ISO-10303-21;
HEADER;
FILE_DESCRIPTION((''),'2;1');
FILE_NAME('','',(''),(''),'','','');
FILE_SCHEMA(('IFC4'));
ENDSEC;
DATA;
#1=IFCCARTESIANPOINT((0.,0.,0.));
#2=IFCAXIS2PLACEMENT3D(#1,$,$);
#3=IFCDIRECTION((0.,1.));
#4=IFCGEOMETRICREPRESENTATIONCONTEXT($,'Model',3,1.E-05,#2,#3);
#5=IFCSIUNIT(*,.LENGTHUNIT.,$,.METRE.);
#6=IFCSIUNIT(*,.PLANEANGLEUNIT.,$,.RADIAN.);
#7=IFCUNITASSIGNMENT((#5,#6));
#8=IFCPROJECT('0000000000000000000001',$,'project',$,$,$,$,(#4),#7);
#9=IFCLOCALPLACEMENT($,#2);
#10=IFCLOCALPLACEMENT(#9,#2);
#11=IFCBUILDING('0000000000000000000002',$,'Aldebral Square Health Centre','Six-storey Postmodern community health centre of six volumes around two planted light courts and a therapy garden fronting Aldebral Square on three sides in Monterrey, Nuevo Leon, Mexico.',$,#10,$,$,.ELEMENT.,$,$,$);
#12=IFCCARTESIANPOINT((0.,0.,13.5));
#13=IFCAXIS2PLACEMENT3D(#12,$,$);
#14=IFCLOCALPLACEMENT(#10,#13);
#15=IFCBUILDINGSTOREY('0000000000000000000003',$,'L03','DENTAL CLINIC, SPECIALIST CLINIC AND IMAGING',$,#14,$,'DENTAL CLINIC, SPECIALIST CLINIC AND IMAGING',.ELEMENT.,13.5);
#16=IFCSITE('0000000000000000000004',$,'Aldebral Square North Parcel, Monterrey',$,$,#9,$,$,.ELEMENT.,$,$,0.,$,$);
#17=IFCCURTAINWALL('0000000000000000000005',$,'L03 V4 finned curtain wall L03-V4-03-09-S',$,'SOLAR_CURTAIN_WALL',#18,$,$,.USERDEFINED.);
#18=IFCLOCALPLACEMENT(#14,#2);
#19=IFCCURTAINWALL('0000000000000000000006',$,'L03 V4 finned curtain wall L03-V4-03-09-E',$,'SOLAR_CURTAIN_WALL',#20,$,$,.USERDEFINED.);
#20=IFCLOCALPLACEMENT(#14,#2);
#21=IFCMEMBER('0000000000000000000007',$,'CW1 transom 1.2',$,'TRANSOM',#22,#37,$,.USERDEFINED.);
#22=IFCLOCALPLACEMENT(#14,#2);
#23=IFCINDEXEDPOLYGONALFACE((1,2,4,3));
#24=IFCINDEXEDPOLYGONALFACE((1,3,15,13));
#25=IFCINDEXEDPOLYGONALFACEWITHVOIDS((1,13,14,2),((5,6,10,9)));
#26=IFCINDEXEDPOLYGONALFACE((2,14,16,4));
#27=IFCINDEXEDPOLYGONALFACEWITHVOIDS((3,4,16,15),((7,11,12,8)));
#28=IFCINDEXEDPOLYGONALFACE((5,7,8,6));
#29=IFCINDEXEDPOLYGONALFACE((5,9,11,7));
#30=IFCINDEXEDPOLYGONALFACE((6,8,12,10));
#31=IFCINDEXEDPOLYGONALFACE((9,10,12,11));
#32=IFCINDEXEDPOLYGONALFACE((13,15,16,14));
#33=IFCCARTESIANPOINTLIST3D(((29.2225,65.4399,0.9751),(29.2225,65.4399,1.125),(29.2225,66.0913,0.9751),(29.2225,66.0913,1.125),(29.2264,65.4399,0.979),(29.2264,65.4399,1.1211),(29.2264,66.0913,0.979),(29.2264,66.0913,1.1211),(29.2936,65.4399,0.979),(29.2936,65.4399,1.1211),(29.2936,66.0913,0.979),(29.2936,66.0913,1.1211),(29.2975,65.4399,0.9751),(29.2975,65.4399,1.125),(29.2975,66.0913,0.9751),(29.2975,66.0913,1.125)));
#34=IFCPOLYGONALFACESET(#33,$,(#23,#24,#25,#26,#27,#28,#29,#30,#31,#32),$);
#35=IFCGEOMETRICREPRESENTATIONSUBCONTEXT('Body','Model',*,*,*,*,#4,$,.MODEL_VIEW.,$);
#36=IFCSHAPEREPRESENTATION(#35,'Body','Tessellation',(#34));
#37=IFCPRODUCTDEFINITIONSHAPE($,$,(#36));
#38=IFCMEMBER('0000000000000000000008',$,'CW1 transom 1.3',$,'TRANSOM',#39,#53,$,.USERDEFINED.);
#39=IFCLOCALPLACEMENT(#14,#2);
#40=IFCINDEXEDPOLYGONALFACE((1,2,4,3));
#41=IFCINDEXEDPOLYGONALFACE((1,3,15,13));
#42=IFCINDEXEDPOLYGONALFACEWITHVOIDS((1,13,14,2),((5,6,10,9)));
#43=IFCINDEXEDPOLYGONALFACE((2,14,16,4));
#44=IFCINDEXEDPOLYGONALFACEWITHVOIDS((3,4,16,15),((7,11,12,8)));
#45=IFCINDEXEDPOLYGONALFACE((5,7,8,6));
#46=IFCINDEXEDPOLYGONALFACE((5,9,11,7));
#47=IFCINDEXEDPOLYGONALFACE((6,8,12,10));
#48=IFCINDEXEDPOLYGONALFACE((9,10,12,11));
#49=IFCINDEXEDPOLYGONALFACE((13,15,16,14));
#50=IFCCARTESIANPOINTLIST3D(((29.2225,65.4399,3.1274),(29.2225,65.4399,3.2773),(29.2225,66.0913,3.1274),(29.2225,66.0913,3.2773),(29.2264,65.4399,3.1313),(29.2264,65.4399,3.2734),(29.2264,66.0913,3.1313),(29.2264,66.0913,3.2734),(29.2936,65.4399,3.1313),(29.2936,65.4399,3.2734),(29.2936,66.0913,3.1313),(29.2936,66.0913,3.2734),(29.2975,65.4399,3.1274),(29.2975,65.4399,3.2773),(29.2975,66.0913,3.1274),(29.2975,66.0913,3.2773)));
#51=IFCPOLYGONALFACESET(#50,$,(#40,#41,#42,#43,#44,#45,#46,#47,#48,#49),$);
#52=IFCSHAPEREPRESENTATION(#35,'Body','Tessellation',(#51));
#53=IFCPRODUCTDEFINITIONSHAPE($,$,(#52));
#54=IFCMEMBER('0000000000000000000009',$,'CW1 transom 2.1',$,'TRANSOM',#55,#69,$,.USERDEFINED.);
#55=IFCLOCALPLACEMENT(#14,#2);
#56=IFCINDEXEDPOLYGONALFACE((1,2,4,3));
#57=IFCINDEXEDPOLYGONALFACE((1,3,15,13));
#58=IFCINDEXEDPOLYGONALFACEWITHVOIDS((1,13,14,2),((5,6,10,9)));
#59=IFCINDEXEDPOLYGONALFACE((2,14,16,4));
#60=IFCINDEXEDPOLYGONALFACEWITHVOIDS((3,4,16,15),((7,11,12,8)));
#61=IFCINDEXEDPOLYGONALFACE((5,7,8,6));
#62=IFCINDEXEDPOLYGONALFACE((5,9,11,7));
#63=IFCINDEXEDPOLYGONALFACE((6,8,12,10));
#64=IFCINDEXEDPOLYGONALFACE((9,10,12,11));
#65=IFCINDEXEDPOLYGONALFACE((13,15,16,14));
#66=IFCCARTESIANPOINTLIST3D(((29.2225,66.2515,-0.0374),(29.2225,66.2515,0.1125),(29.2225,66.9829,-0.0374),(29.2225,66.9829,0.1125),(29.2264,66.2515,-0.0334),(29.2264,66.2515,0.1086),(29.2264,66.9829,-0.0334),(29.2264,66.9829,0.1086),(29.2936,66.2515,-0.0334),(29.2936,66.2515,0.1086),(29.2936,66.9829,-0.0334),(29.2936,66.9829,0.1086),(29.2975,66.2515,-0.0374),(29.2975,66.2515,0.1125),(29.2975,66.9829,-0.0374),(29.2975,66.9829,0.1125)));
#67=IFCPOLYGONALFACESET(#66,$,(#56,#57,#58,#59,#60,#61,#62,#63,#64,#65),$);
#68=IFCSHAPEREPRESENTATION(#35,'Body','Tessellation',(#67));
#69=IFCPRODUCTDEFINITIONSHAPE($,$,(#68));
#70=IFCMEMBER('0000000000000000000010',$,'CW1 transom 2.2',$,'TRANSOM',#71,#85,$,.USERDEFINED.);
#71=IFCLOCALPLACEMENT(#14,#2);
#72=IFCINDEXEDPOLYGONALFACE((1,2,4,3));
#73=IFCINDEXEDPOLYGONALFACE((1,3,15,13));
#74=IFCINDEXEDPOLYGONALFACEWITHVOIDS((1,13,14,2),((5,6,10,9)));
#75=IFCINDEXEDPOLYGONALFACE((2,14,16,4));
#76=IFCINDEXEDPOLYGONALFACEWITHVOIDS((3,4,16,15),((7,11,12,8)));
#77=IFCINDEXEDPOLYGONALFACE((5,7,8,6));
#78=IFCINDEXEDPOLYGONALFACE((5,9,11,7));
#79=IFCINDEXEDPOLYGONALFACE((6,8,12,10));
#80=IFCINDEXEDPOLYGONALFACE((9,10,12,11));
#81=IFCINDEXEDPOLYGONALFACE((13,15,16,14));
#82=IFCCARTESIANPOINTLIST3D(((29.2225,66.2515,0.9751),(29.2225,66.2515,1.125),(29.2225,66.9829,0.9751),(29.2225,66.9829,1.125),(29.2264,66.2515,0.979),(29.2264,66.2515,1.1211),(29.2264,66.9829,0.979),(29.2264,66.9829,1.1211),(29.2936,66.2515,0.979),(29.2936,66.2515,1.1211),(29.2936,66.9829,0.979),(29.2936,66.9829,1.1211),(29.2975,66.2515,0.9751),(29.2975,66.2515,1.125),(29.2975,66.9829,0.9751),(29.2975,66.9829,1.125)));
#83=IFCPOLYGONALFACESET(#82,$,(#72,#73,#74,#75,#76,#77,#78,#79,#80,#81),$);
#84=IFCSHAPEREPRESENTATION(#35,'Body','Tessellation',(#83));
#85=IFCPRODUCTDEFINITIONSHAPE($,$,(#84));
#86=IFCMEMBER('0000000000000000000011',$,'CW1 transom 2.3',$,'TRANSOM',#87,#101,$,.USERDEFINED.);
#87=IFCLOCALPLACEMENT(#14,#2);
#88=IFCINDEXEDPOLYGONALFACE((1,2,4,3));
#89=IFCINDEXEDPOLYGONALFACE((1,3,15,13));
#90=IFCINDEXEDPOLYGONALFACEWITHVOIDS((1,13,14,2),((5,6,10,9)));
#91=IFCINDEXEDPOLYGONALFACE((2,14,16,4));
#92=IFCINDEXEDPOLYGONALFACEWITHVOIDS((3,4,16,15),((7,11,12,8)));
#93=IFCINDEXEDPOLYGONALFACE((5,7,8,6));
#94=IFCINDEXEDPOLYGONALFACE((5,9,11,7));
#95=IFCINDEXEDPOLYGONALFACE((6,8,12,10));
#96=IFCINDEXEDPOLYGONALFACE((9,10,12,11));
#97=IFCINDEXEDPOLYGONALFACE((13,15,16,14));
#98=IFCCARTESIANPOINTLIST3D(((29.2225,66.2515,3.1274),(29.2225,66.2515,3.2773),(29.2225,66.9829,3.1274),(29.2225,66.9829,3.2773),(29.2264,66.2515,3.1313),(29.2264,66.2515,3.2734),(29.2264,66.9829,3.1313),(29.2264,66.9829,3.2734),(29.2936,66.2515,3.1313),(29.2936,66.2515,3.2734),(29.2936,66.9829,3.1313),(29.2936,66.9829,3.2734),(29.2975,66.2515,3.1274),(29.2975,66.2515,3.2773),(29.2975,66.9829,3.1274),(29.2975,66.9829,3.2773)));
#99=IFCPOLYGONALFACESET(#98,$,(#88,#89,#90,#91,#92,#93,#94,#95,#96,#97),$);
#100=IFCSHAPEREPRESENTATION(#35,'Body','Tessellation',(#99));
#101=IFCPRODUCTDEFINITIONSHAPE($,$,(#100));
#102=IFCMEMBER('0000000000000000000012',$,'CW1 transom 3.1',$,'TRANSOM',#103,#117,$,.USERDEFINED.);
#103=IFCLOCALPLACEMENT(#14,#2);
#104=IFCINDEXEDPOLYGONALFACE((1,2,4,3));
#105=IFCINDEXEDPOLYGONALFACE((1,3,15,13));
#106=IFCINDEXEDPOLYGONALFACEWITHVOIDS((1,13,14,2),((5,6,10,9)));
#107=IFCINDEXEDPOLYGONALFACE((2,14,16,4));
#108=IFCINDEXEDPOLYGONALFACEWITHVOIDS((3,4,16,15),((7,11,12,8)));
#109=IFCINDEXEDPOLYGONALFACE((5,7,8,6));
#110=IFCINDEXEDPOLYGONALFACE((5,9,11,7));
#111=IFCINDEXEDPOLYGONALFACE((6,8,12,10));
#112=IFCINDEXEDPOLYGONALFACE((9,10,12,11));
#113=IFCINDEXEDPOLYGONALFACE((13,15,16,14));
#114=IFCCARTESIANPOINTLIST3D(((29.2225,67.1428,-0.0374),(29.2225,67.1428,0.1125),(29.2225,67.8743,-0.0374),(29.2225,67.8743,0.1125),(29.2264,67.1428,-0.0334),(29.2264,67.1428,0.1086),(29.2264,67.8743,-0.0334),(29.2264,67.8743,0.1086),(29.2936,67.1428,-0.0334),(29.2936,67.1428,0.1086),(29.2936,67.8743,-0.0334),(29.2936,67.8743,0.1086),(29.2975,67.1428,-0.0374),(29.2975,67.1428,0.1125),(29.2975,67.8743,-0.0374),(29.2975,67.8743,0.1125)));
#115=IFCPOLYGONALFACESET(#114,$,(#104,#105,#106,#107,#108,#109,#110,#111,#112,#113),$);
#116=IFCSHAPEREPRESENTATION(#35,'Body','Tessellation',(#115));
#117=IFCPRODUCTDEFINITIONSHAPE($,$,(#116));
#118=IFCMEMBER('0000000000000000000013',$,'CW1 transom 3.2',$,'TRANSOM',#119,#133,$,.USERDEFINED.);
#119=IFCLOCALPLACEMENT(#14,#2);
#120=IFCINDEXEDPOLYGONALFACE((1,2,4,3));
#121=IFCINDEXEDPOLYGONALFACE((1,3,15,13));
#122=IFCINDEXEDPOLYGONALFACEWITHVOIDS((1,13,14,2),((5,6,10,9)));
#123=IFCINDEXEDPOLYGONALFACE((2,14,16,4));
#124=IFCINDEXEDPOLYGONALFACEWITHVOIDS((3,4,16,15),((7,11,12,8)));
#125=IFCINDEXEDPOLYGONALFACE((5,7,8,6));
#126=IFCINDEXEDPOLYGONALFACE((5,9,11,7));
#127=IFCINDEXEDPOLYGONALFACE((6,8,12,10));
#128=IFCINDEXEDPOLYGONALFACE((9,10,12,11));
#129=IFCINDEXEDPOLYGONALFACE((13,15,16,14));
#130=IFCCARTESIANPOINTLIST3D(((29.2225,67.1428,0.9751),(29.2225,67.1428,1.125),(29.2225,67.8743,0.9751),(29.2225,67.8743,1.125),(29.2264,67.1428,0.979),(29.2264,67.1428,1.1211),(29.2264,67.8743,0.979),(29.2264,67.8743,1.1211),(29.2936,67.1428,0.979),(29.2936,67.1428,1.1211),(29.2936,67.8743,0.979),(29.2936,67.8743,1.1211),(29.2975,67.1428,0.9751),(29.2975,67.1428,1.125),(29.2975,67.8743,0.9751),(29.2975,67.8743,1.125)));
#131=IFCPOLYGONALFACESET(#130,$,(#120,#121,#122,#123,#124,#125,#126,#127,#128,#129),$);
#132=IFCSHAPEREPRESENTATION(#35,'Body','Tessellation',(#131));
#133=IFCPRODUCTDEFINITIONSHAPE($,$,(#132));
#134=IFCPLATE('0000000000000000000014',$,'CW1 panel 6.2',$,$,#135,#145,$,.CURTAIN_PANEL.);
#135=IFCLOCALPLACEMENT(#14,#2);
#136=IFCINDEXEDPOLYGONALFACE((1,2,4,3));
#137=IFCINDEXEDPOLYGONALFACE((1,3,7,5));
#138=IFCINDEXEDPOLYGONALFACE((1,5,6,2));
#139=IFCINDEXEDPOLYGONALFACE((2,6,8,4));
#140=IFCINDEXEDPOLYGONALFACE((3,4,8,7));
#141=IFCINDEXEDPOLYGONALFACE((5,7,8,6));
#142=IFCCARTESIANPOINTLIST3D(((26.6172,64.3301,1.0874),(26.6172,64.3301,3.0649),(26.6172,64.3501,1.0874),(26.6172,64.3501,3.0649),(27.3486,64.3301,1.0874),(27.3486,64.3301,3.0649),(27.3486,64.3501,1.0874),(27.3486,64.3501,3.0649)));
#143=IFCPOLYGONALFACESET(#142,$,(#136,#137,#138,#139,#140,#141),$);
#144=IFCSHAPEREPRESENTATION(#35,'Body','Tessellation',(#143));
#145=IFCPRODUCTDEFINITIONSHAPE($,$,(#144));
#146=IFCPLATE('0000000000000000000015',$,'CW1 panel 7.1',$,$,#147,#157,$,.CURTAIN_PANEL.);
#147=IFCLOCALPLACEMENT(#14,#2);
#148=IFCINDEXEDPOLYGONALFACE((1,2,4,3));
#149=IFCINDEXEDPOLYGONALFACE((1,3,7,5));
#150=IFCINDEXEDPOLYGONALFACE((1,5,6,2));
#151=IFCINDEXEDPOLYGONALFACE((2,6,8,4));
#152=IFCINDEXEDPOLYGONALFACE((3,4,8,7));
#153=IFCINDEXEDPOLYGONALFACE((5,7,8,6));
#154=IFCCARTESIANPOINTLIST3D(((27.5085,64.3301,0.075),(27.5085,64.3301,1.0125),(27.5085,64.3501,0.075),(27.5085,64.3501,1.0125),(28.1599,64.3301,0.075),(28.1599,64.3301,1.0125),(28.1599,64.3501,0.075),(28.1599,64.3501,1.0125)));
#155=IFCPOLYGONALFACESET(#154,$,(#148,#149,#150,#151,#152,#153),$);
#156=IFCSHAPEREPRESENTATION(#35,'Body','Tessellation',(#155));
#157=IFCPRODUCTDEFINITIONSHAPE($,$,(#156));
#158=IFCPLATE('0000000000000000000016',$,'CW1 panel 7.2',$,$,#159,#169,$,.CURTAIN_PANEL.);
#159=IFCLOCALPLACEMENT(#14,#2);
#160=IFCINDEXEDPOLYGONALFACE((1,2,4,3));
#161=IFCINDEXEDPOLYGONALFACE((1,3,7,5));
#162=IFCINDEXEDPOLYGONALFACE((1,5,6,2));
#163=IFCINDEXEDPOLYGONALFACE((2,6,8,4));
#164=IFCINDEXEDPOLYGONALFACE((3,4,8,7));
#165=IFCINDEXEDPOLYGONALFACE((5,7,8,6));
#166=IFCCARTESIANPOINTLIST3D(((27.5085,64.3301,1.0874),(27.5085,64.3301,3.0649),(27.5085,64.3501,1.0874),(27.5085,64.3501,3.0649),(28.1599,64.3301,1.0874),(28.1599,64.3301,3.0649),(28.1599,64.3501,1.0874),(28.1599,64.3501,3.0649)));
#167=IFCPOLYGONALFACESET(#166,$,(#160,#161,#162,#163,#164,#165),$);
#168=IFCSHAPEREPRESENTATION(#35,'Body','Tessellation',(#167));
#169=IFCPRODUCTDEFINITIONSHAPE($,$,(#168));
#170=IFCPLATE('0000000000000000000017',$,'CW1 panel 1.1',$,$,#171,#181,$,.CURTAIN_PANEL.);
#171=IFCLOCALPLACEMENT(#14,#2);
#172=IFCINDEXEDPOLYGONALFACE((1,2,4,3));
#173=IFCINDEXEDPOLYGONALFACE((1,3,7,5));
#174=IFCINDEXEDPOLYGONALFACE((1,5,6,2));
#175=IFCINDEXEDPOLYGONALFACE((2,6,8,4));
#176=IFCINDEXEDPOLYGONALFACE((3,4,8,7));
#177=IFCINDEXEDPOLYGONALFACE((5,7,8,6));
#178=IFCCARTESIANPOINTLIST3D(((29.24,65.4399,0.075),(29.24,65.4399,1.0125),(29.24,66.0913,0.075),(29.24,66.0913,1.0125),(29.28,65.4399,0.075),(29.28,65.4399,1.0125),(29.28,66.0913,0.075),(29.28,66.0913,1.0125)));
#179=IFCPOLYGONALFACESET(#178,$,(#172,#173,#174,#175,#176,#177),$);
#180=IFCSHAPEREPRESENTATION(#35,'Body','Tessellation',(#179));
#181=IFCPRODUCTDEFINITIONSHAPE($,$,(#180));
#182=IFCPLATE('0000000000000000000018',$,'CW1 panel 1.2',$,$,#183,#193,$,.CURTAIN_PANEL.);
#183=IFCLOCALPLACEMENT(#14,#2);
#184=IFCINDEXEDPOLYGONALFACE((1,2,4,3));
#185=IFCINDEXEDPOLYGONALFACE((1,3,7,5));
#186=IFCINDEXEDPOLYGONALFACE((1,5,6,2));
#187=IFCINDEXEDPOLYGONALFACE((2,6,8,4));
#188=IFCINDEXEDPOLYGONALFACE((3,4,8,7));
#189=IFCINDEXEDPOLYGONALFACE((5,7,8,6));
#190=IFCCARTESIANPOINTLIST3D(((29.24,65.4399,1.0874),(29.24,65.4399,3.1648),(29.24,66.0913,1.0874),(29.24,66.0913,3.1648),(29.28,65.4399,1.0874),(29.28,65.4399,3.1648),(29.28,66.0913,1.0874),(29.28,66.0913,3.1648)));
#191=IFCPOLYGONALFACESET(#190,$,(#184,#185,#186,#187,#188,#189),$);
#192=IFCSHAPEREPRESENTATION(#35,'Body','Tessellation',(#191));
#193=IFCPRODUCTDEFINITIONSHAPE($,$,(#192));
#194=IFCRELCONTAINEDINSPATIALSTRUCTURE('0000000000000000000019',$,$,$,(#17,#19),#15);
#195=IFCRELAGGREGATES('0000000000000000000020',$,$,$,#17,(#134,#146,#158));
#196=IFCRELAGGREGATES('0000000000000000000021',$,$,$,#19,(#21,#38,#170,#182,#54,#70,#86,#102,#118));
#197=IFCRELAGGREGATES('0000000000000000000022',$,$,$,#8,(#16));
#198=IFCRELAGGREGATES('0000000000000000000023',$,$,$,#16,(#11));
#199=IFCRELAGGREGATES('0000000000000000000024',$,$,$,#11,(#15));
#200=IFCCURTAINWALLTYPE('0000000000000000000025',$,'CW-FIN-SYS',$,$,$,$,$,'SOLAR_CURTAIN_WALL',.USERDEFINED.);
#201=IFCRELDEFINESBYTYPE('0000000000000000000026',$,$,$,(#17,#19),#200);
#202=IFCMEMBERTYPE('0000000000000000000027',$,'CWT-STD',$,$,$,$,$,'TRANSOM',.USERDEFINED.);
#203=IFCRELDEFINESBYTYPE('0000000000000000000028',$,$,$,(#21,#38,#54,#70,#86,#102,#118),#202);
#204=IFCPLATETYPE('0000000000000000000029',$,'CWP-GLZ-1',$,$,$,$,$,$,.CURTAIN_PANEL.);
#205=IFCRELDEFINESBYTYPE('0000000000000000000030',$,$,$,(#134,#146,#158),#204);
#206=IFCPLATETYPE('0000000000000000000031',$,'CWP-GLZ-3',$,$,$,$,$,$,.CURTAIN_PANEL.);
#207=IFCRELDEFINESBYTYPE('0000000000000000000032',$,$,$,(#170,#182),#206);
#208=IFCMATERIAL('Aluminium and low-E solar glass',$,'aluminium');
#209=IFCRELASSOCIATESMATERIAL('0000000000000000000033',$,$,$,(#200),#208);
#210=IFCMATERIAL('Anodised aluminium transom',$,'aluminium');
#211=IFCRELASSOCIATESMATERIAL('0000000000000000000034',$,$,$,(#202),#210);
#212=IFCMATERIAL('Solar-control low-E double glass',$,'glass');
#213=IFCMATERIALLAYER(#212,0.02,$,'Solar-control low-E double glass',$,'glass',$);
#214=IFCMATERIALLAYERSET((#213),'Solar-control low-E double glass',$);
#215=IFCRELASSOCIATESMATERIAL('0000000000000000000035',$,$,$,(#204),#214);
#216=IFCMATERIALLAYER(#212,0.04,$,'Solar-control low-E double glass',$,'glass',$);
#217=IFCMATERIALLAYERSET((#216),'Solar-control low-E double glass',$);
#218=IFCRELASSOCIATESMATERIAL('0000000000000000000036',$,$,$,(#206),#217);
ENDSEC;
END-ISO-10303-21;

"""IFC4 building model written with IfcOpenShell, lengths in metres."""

from ifc_helpers import new_model, si_unit, direction, frame, origin, origin_2d, place, context, subcontext, project, spatial, rectangle, hollow_rectangle, extrude, material, layer, layer_set, material_profile, profile_set, type_object, element, aggregate, save


model = new_model("IFC4")

# Units and contexts
model_context = context("Model", 3, precision=1e-05, world=origin(), true_north=direction((0.0, 1.0)))
body_context = subcontext(model_context, "Body", "Model", "MODEL_VIEW")
ifc_project = project(units=[si_unit("LENGTHUNIT", "METRE"), si_unit("PLANEANGLEUNIT", "RADIAN")], contexts=[model_context])

# Site, building, storey
site_placement = place(None, origin())
site = spatial("IfcSite", under=ifc_project, at=site_placement, Name="Aldebral Square North Parcel, Monterrey", CompositionType="ELEMENT", RefElevation=0.0)
building_placement = place(site_placement, origin())
building = spatial("IfcBuilding", under=site, at=building_placement, Name="Aldebral Square Health Centre", Description="Six-storey Postmodern community health centre of six volumes around two planted light courts and a therapy garden fronting Aldebral Square on three sides in Monterrey, Nuevo Leon, Mexico.", CompositionType="ELEMENT")
storey_placement = place(building_placement, frame((0.0, 0.0, 13.5)))
storey = spatial("IfcBuildingStorey", under=building, at=storey_placement, Name="L03", Description="DENTAL CLINIC, SPECIALIST CLINIC AND IMAGING", LongName="DENTAL CLINIC, SPECIALIST CLINIC AND IMAGING", CompositionType="ELEMENT", Elevation=13.5)

# Curtain walls
ifc_material_1 = material(Name="Aluminium and low-E solar glass", Category="aluminium")
curtain_wall_type = type_object("IfcCurtainWallType", Name="CW-FIN-SYS", ElementType="SOLAR_CURTAIN_WALL", PredefinedType="USERDEFINED", material=ifc_material_1)
curtain_wall_1_placement = place(storey_placement, origin())
curtain_wall_1 = element("IfcCurtainWall", 1, at=curtain_wall_1_placement, inside=storey, type_object=curtain_wall_type, Name="L03 V4 finned curtain wall L03-V4-03-09-S", ObjectType="SOLAR_CURTAIN_WALL", PredefinedType="USERDEFINED")
curtain_wall_2_placement = place(storey_placement, origin())
curtain_wall_2 = element("IfcCurtainWall", 2, at=curtain_wall_2_placement, inside=storey, type_object=curtain_wall_type, Name="L03 V4 finned curtain wall L03-V4-03-09-E", ObjectType="SOLAR_CURTAIN_WALL", PredefinedType="USERDEFINED")

# Members
ifc_material_2 = material(Name="Anodised aluminium transom", Category="aluminium")
ifc_material_profile_1 = material_profile(ifc_material_2, hollow_rectangle(XDim=0.075, YDim=0.1499, WallThickness=0.0039, at=origin_2d()), Name="CWT 75x150x4")
ifc_profile_set_1 = profile_set([ifc_material_profile_1], Name="Anodised aluminium transom")
member_type_1 = type_object("IfcMemberType", Name="CWT-STD", ElementType="TRANSOM", PredefinedType="USERDEFINED", material=ifc_profile_set_1)
member_1_placement = place(storey_placement, frame((29.26, 65.4399, 1.05), z_axis=(0.0, 1.0, 0.0), x_axis=(-1.0, 0.0, 0.0)))
member_1 = element("IfcMember", 3, at=member_1_placement, type_object=member_type_1, Name="CW1 transom 1.2", ObjectType="TRANSOM", PredefinedType="USERDEFINED", context=body_context, shape_type="SweptSolid", body=[
    extrude(hollow_rectangle(XDim=0.075, YDim=0.1499, WallThickness=0.0039, at=origin_2d()), origin(), (0.0, 0.0, 1.0), 0.6514),
])
member_2_placement = place(storey_placement, frame((29.26, 65.4399, 3.2024), z_axis=(0.0, 1.0, 0.0), x_axis=(-1.0, 0.0, 0.0)))
member_2 = element("IfcMember", 4, at=member_2_placement, type_object=member_type_1, Name="CW1 transom 1.3", ObjectType="TRANSOM", PredefinedType="USERDEFINED", context=body_context, shape_type="SweptSolid", body=[
    extrude(hollow_rectangle(XDim=0.075, YDim=0.1499, WallThickness=0.0039, at=origin_2d()), origin(), (0.0, 0.0, 1.0), 0.6514),
])
member_3_placement = place(storey_placement, frame((29.26, 66.2515, 0.0376), z_axis=(0.0, 1.0, 0.0), x_axis=(-1.0, 0.0, 0.0)))
member_3 = element("IfcMember", 5, at=member_3_placement, type_object=member_type_1, Name="CW1 transom 2.1", ObjectType="TRANSOM", PredefinedType="USERDEFINED", context=body_context, shape_type="SweptSolid", body=[
    extrude(hollow_rectangle(XDim=0.075, YDim=0.1499, WallThickness=0.0039, at=origin_2d()), origin(), (0.0, 0.0, 1.0), 0.7314),
])
member_4_placement = place(storey_placement, frame((29.26, 66.2515, 1.05), z_axis=(0.0, 1.0, 0.0), x_axis=(-1.0, 0.0, 0.0)))
member_4 = element("IfcMember", 6, at=member_4_placement, type_object=member_type_1, Name="CW1 transom 2.2", ObjectType="TRANSOM", PredefinedType="USERDEFINED", context=body_context, shape_type="SweptSolid", body=[
    extrude(hollow_rectangle(XDim=0.075, YDim=0.1499, WallThickness=0.0039, at=origin_2d()), origin(), (0.0, 0.0, 1.0), 0.7314),
])
member_5_placement = place(storey_placement, frame((29.26, 66.2515, 3.2024), z_axis=(0.0, 1.0, 0.0), x_axis=(-1.0, 0.0, 0.0)))
member_5 = element("IfcMember", 7, at=member_5_placement, type_object=member_type_1, Name="CW1 transom 2.3", ObjectType="TRANSOM", PredefinedType="USERDEFINED", context=body_context, shape_type="SweptSolid", body=[
    extrude(hollow_rectangle(XDim=0.075, YDim=0.1499, WallThickness=0.0039, at=origin_2d()), origin(), (0.0, 0.0, 1.0), 0.7314),
])
member_6_placement = place(storey_placement, frame((29.26, 67.1428, 0.0376), z_axis=(0.0, 1.0, 0.0), x_axis=(-1.0, 0.0, 0.0)))
member_6 = element("IfcMember", 8, at=member_6_placement, type_object=member_type_1, Name="CW1 transom 3.1", ObjectType="TRANSOM", PredefinedType="USERDEFINED", context=body_context, shape_type="SweptSolid", body=[
    extrude(hollow_rectangle(XDim=0.075, YDim=0.1499, WallThickness=0.0039, at=origin_2d()), origin(), (0.0, 0.0, 1.0), 0.7314),
])
member_7_placement = place(storey_placement, frame((29.26, 67.1428, 1.05), z_axis=(0.0, 1.0, 0.0), x_axis=(-1.0, 0.0, 0.0)))
member_7 = element("IfcMember", 9, at=member_7_placement, type_object=member_type_1, Name="CW1 transom 3.2", ObjectType="TRANSOM", PredefinedType="USERDEFINED", context=body_context, shape_type="SweptSolid", body=[
    extrude(hollow_rectangle(XDim=0.075, YDim=0.1499, WallThickness=0.0039, at=origin_2d()), origin(), (0.0, 0.0, 1.0), 0.7314),
])

# Plates
ifc_material_3 = material(Name="Solar-control low-E double glass", Category="glass")
ifc_layer_1 = layer(ifc_material_3, 0.02, Name="Solar-control low-E double glass", Category="glass")
ifc_layer_set_1 = layer_set([ifc_layer_1], Name="Solar-control low-E double glass")
plate_type_1 = type_object("IfcPlateType", Name="CWP-GLZ-1", PredefinedType="CURTAIN_PANEL", material=ifc_layer_set_1)
plate_1_placement = place(storey_placement, frame((26.9829, 64.3401, 1.0874), z_axis=(0.0, 0.0, 1.0), x_axis=(1.0, 0.0, 0.0)))
plate_1 = element("IfcPlate", 10, at=plate_1_placement, type_object=plate_type_1, Name="CW1 panel 6.2", PredefinedType="CURTAIN_PANEL", context=body_context, shape_type="SweptSolid", body=[
    extrude(rectangle(XDim=0.7314, YDim=0.02, at=origin_2d()), origin(), (0.0, 0.0, 1.0), 1.9775),
])
plate_2_placement = place(storey_placement, frame((27.8342, 64.3401, 0.075), z_axis=(0.0, 0.0, 1.0), x_axis=(1.0, 0.0, 0.0)))
plate_2 = element("IfcPlate", 11, at=plate_2_placement, type_object=plate_type_1, Name="CW1 panel 7.1", PredefinedType="CURTAIN_PANEL", context=body_context, shape_type="SweptSolid", body=[
    extrude(rectangle(XDim=0.6514, YDim=0.02, at=origin_2d()), origin(), (0.0, 0.0, 1.0), 0.9375),
])
plate_3_placement = place(storey_placement, frame((27.8342, 64.3401, 1.0874), z_axis=(0.0, 0.0, 1.0), x_axis=(1.0, 0.0, 0.0)))
plate_3 = element("IfcPlate", 12, at=plate_3_placement, type_object=plate_type_1, Name="CW1 panel 7.2", PredefinedType="CURTAIN_PANEL", context=body_context, shape_type="SweptSolid", body=[
    extrude(rectangle(XDim=0.6514, YDim=0.02, at=origin_2d()), origin(), (0.0, 0.0, 1.0), 1.9775),
])
aggregate(curtain_wall_1, [plate_1, plate_2, plate_3])
ifc_layer_2 = layer(ifc_material_3, 0.04, Name="Solar-control low-E double glass", Category="glass")
ifc_layer_set_2 = layer_set([ifc_layer_2], Name="Solar-control low-E double glass")
plate_type_2 = type_object("IfcPlateType", Name="CWP-GLZ-3", PredefinedType="CURTAIN_PANEL", material=ifc_layer_set_2)
plate_4_placement = place(storey_placement, frame((29.26, 65.7656, 0.075), z_axis=(0.0, 0.0, 1.0), x_axis=(0.0, 1.0, 0.0)))
plate_4 = element("IfcPlate", 13, at=plate_4_placement, type_object=plate_type_2, Name="CW1 panel 1.1", PredefinedType="CURTAIN_PANEL", context=body_context, shape_type="SweptSolid", body=[
    extrude(rectangle(XDim=0.6514, YDim=0.04, at=origin_2d()), origin(), (0.0, 0.0, 1.0), 0.9375),
])
plate_5_placement = place(storey_placement, frame((29.26, 65.7656, 1.0874), z_axis=(0.0, 0.0, 1.0), x_axis=(0.0, 1.0, 0.0)))
plate_5 = element("IfcPlate", 14, at=plate_5_placement, type_object=plate_type_2, Name="CW1 panel 1.2", PredefinedType="CURTAIN_PANEL", context=body_context, shape_type="SweptSolid", body=[
    extrude(rectangle(XDim=0.6514, YDim=0.04, at=origin_2d()), origin(), (0.0, 0.0, 1.0), 2.0774),
])
aggregate(curtain_wall_2, [member_1, member_2, plate_4, plate_5, member_3, member_4, member_5, member_6, member_7])

save(model, "model.ifc")
